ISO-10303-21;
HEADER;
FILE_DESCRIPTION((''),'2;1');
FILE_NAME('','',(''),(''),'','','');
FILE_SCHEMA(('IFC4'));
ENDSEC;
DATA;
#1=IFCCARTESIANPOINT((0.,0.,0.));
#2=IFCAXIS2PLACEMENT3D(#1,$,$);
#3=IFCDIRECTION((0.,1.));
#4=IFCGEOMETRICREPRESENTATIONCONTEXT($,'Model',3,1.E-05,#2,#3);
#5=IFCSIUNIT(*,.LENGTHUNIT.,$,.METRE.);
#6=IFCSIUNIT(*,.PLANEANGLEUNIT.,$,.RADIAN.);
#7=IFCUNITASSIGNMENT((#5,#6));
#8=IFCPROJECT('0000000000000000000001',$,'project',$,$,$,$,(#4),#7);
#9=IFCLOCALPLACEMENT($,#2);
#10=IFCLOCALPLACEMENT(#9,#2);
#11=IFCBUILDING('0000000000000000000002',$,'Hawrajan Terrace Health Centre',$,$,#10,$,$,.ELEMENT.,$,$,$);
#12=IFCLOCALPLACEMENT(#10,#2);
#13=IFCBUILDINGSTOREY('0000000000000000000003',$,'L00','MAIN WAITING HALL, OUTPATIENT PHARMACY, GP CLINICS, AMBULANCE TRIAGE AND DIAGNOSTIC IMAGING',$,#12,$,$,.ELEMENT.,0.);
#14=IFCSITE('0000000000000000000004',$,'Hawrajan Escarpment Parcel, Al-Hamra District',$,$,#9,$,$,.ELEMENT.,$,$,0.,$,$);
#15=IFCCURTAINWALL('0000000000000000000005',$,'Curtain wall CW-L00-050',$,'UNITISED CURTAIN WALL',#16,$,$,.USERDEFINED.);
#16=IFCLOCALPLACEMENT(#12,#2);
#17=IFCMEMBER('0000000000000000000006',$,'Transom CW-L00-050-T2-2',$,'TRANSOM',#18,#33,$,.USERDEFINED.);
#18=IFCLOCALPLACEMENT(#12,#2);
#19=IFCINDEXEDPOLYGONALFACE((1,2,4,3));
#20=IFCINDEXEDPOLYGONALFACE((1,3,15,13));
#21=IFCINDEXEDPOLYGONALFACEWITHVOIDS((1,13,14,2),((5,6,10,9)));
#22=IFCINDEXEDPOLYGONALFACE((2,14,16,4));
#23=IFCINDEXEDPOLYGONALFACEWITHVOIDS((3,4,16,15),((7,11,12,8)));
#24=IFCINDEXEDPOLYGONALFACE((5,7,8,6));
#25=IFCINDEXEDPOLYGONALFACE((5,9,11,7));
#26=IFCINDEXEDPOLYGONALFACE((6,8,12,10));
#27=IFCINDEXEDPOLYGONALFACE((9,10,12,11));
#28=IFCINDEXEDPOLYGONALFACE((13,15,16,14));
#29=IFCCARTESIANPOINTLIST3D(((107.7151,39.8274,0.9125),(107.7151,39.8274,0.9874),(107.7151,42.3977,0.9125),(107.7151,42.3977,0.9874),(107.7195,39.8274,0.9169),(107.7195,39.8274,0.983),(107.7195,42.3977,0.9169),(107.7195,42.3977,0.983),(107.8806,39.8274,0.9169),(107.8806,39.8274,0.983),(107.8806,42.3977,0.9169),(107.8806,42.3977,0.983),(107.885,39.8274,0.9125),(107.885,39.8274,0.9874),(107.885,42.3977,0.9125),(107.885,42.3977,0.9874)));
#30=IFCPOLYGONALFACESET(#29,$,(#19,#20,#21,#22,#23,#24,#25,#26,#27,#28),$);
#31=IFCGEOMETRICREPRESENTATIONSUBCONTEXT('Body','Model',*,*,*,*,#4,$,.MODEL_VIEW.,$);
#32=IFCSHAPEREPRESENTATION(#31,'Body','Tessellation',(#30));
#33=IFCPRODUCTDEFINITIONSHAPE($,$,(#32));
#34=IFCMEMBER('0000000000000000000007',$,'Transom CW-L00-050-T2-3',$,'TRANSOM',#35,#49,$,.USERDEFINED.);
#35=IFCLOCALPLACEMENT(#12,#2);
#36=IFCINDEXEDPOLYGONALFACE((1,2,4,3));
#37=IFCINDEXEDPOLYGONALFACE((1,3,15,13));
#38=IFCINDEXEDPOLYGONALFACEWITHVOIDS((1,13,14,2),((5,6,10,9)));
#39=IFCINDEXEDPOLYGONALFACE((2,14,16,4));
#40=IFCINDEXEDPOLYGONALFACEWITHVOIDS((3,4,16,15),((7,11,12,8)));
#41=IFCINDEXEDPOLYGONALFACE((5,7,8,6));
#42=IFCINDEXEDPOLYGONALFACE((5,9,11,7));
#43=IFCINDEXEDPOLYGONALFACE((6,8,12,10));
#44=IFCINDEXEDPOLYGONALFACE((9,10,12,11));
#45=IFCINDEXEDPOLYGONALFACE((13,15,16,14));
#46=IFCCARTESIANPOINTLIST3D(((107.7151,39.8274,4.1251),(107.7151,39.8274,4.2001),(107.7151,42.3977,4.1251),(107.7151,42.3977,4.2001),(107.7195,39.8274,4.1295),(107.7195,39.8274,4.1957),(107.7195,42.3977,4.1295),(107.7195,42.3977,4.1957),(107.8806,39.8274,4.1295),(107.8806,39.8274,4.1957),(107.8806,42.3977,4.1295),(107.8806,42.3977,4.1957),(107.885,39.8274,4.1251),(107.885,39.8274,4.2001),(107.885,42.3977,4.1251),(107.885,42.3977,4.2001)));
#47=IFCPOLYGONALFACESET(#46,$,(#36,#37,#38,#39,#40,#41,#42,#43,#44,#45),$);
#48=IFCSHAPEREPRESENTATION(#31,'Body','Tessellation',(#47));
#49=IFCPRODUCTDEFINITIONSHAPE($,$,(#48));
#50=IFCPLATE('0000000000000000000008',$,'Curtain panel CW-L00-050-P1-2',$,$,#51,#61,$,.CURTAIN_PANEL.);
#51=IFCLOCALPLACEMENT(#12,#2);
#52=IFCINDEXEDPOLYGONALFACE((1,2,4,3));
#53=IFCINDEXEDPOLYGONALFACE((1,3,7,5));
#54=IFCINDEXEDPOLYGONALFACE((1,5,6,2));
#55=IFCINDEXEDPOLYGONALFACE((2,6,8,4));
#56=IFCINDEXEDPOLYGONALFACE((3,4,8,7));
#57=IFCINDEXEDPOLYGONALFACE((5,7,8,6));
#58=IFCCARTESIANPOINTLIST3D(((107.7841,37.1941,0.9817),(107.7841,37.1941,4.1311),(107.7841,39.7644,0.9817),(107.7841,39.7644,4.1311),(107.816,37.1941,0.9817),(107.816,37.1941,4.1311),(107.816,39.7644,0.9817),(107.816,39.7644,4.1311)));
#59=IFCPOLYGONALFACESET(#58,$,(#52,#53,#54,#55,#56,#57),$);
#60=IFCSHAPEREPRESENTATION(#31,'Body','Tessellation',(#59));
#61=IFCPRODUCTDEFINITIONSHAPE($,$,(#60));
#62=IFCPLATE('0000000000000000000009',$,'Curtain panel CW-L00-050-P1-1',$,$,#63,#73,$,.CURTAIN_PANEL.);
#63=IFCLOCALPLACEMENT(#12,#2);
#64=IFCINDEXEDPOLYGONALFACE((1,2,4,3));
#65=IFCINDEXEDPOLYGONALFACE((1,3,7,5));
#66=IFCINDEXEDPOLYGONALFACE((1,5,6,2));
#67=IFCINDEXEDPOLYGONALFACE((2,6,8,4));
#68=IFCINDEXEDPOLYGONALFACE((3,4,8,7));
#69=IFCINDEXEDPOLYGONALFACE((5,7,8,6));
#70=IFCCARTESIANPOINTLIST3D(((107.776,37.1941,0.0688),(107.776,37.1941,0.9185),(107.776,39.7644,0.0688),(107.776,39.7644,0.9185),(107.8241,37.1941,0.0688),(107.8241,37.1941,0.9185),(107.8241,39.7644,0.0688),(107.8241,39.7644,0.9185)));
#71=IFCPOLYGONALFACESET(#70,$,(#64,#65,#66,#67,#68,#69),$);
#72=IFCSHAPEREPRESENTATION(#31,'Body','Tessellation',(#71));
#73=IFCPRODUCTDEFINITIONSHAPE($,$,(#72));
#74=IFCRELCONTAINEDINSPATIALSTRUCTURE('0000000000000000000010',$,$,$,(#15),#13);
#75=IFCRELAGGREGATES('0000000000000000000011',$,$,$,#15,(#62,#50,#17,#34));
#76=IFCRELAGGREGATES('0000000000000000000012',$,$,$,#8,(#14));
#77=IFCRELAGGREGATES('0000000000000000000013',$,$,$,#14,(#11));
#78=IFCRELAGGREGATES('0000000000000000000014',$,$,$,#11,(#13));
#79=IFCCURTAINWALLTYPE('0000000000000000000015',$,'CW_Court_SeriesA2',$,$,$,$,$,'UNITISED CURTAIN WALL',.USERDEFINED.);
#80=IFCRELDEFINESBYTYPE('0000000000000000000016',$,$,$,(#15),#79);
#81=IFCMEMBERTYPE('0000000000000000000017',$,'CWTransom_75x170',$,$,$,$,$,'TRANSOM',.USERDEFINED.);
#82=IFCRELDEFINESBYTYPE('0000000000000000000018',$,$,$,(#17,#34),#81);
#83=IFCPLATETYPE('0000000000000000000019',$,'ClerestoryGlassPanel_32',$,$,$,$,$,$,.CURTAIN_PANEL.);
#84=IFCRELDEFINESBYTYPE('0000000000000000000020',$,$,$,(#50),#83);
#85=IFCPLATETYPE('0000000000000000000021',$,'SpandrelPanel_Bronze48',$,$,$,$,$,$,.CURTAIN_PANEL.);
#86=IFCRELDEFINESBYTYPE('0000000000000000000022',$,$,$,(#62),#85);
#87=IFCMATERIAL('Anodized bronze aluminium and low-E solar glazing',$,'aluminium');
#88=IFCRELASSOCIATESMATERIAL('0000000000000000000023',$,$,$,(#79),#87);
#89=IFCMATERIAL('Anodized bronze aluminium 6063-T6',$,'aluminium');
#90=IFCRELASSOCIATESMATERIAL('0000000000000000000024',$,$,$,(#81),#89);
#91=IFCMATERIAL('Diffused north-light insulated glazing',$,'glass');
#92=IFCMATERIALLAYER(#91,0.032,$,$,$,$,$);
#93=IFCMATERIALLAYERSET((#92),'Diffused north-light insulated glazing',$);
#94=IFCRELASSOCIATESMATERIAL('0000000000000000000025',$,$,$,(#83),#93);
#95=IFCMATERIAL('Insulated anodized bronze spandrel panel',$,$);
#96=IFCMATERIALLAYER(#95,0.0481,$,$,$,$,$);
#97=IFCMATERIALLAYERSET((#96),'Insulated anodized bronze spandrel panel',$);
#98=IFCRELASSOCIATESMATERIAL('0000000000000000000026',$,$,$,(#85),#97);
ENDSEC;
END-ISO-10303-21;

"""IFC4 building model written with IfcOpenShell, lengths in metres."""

from ifc_helpers import new_model, si_unit, direction, frame, origin, origin_2d, place, context, subcontext, project, spatial, rectangle, hollow_rectangle, extrude, material, layer, layer_set, material_profile, profile_set, type_object, element, aggregate, save


model = new_model("IFC4")

# Units and contexts
model_context = context("Model", 3, precision=1e-05, world=origin(), true_north=direction((0.0, 1.0)))
body_context = subcontext(model_context, "Body", "Model", "MODEL_VIEW")
ifc_project = project(units=[si_unit("LENGTHUNIT", "METRE"), si_unit("PLANEANGLEUNIT", "RADIAN")], contexts=[model_context])

# Site, building, storey
site_placement = place(None, origin())
site = spatial("IfcSite", under=ifc_project, at=site_placement, Name="Hawrajan Escarpment Parcel, Al-Hamra District", CompositionType="ELEMENT", RefElevation=0.0)
building_placement = place(site_placement, origin())
building = spatial("IfcBuilding", under=site, at=building_placement, Name="Hawrajan Terrace Health Centre", CompositionType="ELEMENT")
storey_placement = place(building_placement, origin())
storey = spatial("IfcBuildingStorey", under=building, at=storey_placement, Name="L00", Description="MAIN WAITING HALL, OUTPATIENT PHARMACY, GP CLINICS, AMBULANCE TRIAGE AND DIAGNOSTIC IMAGING", CompositionType="ELEMENT", Elevation=0.0)

# Shared definitions
ifc_material_1 = material(Name="Anodized bronze aluminium and low-E solar glazing", Category="aluminium")
ifc_material_2 = material(Name="Anodized bronze aluminium 6063-T6", Category="aluminium")

# Curtain wall, members, plates
curtain_wall_type_1 = type_object("IfcCurtainWallType", Name="CW_Court_SeriesA2", ElementType="UNITISED CURTAIN WALL", PredefinedType="USERDEFINED", material=ifc_material_1)
curtain_wall_1_placement = place(storey_placement, origin())
curtain_wall_1 = element("IfcCurtainWall", 1, at=curtain_wall_1_placement, inside=storey, type_object=curtain_wall_type_1, Name="Curtain wall CW-L00-050", ObjectType="UNITISED CURTAIN WALL", PredefinedType="USERDEFINED")
ifc_material_profile_1 = material_profile(ifc_material_2, hollow_rectangle(XDim=0.075, YDim=0.1699, WallThickness=0.0044, at=origin_2d()), Name="CW TRN 75x170")
ifc_profile_set_1 = profile_set([ifc_material_profile_1], Name="Anodized bronze aluminium 6063-T6")
member_type_1 = type_object("IfcMemberType", Name="CWTransom_75x170", ElementType="TRANSOM", PredefinedType="USERDEFINED", material=ifc_profile_set_1)
member_1_placement = place(storey_placement, frame((107.8, 39.8274, 0.95), z_axis=(0.0, 1.0, 0.0), x_axis=(0.0, 0.0, 1.0)))
member_1 = element("IfcMember", 2, at=member_1_placement, type_object=member_type_1, Name="Transom CW-L00-050-T2-2", ObjectType="TRANSOM", PredefinedType="USERDEFINED", context=body_context, shape_type="SweptSolid", body=[
    extrude(hollow_rectangle(XDim=0.075, YDim=0.1699, WallThickness=0.0044, at=origin_2d()), origin(), (0.0, 0.0, 1.0), 2.5703),
])
member_2_placement = place(storey_placement, frame((107.8, 39.8274, 4.1626), z_axis=(0.0, 1.0, 0.0), x_axis=(0.0, 0.0, 1.0)))
member_2 = element("IfcMember", 3, at=member_2_placement, type_object=member_type_1, Name="Transom CW-L00-050-T2-3", ObjectType="TRANSOM", PredefinedType="USERDEFINED", context=body_context, shape_type="SweptSolid", body=[
    extrude(hollow_rectangle(XDim=0.075, YDim=0.1699, WallThickness=0.0044, at=origin_2d()), origin(), (0.0, 0.0, 1.0), 2.5703),
])
ifc_material_3 = material(Name="Diffused north-light insulated glazing", Category="glass")
ifc_layer_1 = layer(ifc_material_3, 0.032)
ifc_layer_set_1 = layer_set([ifc_layer_1], Name="Diffused north-light insulated glazing")
plate_type_1 = type_object("IfcPlateType", Name="ClerestoryGlassPanel_32", PredefinedType="CURTAIN_PANEL", material=ifc_layer_set_1)
plate_1_placement = place(storey_placement, frame((107.8, 38.4792, 0.9817), z_axis=(0.0, 0.0, 1.0), x_axis=(0.0, 1.0, 0.0)))
plate_1 = element("IfcPlate", 4, at=plate_1_placement, type_object=plate_type_1, Name="Curtain panel CW-L00-050-P1-2", PredefinedType="CURTAIN_PANEL", context=body_context, shape_type="SweptSolid", body=[
    extrude(rectangle(XDim=2.5703, YDim=0.032, at=origin_2d()), origin(), (0.0, 0.0, 1.0), 3.1494),
])
ifc_material_4 = material(Name="Insulated anodized bronze spandrel panel")
ifc_layer_2 = layer(ifc_material_4, 0.0481)
ifc_layer_set_2 = layer_set([ifc_layer_2], Name="Insulated anodized bronze spandrel panel")
plate_type_2 = type_object("IfcPlateType", Name="SpandrelPanel_Bronze48", PredefinedType="CURTAIN_PANEL", material=ifc_layer_set_2)
plate_2_placement = place(storey_placement, frame((107.8, 38.4792, 0.0688), z_axis=(0.0, 0.0, 1.0), x_axis=(0.0, 1.0, 0.0)))
plate_2 = element("IfcPlate", 5, at=plate_2_placement, type_object=plate_type_2, Name="Curtain panel CW-L00-050-P1-1", PredefinedType="CURTAIN_PANEL", context=body_context, shape_type="SweptSolid", body=[
    extrude(rectangle(XDim=2.5703, YDim=0.0481, at=origin_2d()), origin(), (0.0, 0.0, 1.0), 0.8496),
])
aggregate(curtain_wall_1, [plate_2, plate_1, member_1, member_2])

save(model, "model.ifc")
